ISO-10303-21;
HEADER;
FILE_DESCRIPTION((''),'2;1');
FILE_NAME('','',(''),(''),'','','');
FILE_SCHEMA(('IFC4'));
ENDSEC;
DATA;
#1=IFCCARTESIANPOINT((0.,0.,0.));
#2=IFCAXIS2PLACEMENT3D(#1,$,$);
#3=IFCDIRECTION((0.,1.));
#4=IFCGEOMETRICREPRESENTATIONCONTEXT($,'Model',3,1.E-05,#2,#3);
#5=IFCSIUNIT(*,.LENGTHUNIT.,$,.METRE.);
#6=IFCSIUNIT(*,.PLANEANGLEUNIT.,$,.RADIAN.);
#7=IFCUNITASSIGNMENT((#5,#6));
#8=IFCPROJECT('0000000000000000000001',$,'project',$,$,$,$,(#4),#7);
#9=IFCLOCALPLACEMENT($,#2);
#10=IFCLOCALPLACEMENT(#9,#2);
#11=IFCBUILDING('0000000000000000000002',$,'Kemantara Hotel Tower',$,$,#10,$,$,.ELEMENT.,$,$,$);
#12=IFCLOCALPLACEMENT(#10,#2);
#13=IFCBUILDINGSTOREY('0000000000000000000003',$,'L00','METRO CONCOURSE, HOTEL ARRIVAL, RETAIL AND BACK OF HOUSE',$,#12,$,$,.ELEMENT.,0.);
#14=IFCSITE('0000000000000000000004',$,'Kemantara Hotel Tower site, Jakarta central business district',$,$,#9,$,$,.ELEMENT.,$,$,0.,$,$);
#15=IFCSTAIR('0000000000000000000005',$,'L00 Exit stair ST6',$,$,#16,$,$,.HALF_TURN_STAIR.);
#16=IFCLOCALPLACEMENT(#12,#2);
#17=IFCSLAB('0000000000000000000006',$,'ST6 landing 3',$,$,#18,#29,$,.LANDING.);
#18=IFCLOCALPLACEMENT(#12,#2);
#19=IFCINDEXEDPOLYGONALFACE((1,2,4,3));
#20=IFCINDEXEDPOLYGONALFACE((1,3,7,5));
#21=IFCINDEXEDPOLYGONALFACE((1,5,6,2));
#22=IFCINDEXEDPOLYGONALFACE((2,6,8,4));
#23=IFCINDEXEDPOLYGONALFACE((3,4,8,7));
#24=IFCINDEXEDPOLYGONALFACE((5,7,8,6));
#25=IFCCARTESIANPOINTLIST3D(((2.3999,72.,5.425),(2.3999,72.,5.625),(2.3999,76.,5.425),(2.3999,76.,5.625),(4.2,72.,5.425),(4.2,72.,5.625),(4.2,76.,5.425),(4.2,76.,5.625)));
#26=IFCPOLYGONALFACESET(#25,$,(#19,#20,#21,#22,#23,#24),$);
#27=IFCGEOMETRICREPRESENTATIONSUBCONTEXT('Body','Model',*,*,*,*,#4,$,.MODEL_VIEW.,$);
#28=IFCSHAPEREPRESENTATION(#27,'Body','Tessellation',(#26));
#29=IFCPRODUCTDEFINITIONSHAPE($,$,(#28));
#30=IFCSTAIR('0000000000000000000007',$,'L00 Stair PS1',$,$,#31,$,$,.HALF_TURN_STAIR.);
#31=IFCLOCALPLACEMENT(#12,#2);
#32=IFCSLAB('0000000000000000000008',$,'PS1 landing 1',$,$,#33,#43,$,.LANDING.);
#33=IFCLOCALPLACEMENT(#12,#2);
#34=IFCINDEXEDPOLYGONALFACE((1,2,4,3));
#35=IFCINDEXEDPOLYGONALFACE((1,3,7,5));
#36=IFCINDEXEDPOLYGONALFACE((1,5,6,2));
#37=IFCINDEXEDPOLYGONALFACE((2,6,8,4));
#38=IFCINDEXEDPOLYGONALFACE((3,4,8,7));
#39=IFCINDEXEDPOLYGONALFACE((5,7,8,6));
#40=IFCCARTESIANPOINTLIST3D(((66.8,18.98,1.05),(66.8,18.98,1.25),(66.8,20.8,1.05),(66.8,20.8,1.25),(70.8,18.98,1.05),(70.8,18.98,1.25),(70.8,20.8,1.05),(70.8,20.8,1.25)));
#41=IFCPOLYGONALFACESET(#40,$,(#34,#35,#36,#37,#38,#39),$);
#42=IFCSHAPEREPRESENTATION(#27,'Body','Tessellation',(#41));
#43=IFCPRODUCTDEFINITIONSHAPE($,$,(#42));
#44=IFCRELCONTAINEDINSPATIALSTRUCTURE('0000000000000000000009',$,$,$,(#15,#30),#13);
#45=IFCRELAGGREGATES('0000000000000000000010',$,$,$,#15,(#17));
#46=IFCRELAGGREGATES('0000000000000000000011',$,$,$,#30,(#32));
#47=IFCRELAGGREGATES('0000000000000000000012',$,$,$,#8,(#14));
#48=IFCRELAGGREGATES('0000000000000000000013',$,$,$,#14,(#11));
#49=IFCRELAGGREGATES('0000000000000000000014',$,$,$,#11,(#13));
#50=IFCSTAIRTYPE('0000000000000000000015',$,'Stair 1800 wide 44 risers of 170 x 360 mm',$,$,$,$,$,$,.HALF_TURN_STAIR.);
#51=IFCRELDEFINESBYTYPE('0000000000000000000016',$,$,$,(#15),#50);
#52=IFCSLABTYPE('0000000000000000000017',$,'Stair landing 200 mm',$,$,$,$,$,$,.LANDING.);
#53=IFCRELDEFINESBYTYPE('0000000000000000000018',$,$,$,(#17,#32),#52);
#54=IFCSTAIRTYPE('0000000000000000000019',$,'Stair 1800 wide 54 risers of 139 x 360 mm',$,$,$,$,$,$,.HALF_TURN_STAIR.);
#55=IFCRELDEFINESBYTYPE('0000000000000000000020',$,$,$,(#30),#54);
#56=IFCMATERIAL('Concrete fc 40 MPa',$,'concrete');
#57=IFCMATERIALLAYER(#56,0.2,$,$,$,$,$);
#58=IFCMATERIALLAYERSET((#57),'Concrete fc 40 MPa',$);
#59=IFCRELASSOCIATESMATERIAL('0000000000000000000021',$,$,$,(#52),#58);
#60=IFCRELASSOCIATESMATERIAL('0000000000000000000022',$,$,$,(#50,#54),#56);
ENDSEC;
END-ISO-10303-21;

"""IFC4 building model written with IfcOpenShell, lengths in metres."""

from ifc_helpers import new_model, si_unit, direction, frame, origin, place, context, subcontext, project, spatial, polyline, outline, extrude, material, layer, layer_set, type_object, element, aggregate, save


model = new_model("IFC4")

# Units and contexts
model_context = context("Model", 3, precision=1e-05, world=origin(), true_north=direction((0.0, 1.0)))
body_context = subcontext(model_context, "Body", "Model", "MODEL_VIEW")
ifc_project = project(units=[si_unit("LENGTHUNIT", "METRE"), si_unit("PLANEANGLEUNIT", "RADIAN")], contexts=[model_context])

# Site, building, storey
site_placement = place(None, origin())
site = spatial("IfcSite", under=ifc_project, at=site_placement, Name="Kemantara Hotel Tower site, Jakarta central business district", CompositionType="ELEMENT", RefElevation=0.0)
building_placement = place(site_placement, origin())
building = spatial("IfcBuilding", under=site, at=building_placement, Name="Kemantara Hotel Tower", CompositionType="ELEMENT")
storey_placement = place(building_placement, origin())
storey = spatial("IfcBuildingStorey", under=building, at=storey_placement, Name="L00", Description="METRO CONCOURSE, HOTEL ARRIVAL, RETAIL AND BACK OF HOUSE", CompositionType="ELEMENT", Elevation=0.0)

# Shared definitions
ifc_material_1 = material(Name="Concrete fc 40 MPa", Category="concrete")

# Stair, slab
ifc_layer_1 = layer(ifc_material_1, 0.2)
ifc_layer_set_1 = layer_set([ifc_layer_1], Name="Concrete fc 40 MPa")
slab_type_1 = type_object("IfcSlabType", Name="Stair landing 200 mm", PredefinedType="LANDING", material=ifc_layer_set_1)
stair_type_1 = type_object("IfcStairType", Name="Stair 1800 wide 44 risers of 170 x 360 mm", PredefinedType="HALF_TURN_STAIR", material=ifc_material_1)
stair_1_placement = place(storey_placement, origin())
stair_1 = element("IfcStair", 1, at=stair_1_placement, inside=storey, type_object=stair_type_1, Name="L00 Exit stair ST6", PredefinedType="HALF_TURN_STAIR")
slab_1_placement = place(storey_placement, frame((0.0, 0.0, 5.425)))
slab_1 = element("IfcSlab", 2, at=slab_1_placement, type_object=slab_type_1, Name="ST6 landing 3", PredefinedType="LANDING", context=body_context, shape_type="SweptSolid", body=[
    extrude(outline(polyline([(4.2, 76.0), (2.3999, 76.0), (2.3999, 72.0), (4.2, 72.0), (4.2, 76.0)])), origin(), (0.0, 0.0, 1.0), 0.2),
])
aggregate(stair_1, [slab_1])

# Stair, slab
stair_type_2 = type_object("IfcStairType", Name="Stair 1800 wide 54 risers of 139 x 360 mm", PredefinedType="HALF_TURN_STAIR", material=ifc_material_1)
stair_2_placement = place(storey_placement, origin())
stair_2 = element("IfcStair", 3, at=stair_2_placement, inside=storey, type_object=stair_type_2, Name="L00 Stair PS1", PredefinedType="HALF_TURN_STAIR")
slab_2_placement = place(storey_placement, frame((0.0, 0.0, 1.05)))
slab_2 = element("IfcSlab", 4, at=slab_2_placement, type_object=slab_type_1, Name="PS1 landing 1", PredefinedType="LANDING", context=body_context, shape_type="SweptSolid", body=[
    extrude(outline(polyline([(70.8, 18.98), (70.8, 20.8), (66.8, 20.8), (66.8, 18.98), (70.8, 18.98)])), origin(), (0.0, 0.0, 1.0), 0.2),
])
aggregate(stair_2, [slab_2])

save(model, "model.ifc")
